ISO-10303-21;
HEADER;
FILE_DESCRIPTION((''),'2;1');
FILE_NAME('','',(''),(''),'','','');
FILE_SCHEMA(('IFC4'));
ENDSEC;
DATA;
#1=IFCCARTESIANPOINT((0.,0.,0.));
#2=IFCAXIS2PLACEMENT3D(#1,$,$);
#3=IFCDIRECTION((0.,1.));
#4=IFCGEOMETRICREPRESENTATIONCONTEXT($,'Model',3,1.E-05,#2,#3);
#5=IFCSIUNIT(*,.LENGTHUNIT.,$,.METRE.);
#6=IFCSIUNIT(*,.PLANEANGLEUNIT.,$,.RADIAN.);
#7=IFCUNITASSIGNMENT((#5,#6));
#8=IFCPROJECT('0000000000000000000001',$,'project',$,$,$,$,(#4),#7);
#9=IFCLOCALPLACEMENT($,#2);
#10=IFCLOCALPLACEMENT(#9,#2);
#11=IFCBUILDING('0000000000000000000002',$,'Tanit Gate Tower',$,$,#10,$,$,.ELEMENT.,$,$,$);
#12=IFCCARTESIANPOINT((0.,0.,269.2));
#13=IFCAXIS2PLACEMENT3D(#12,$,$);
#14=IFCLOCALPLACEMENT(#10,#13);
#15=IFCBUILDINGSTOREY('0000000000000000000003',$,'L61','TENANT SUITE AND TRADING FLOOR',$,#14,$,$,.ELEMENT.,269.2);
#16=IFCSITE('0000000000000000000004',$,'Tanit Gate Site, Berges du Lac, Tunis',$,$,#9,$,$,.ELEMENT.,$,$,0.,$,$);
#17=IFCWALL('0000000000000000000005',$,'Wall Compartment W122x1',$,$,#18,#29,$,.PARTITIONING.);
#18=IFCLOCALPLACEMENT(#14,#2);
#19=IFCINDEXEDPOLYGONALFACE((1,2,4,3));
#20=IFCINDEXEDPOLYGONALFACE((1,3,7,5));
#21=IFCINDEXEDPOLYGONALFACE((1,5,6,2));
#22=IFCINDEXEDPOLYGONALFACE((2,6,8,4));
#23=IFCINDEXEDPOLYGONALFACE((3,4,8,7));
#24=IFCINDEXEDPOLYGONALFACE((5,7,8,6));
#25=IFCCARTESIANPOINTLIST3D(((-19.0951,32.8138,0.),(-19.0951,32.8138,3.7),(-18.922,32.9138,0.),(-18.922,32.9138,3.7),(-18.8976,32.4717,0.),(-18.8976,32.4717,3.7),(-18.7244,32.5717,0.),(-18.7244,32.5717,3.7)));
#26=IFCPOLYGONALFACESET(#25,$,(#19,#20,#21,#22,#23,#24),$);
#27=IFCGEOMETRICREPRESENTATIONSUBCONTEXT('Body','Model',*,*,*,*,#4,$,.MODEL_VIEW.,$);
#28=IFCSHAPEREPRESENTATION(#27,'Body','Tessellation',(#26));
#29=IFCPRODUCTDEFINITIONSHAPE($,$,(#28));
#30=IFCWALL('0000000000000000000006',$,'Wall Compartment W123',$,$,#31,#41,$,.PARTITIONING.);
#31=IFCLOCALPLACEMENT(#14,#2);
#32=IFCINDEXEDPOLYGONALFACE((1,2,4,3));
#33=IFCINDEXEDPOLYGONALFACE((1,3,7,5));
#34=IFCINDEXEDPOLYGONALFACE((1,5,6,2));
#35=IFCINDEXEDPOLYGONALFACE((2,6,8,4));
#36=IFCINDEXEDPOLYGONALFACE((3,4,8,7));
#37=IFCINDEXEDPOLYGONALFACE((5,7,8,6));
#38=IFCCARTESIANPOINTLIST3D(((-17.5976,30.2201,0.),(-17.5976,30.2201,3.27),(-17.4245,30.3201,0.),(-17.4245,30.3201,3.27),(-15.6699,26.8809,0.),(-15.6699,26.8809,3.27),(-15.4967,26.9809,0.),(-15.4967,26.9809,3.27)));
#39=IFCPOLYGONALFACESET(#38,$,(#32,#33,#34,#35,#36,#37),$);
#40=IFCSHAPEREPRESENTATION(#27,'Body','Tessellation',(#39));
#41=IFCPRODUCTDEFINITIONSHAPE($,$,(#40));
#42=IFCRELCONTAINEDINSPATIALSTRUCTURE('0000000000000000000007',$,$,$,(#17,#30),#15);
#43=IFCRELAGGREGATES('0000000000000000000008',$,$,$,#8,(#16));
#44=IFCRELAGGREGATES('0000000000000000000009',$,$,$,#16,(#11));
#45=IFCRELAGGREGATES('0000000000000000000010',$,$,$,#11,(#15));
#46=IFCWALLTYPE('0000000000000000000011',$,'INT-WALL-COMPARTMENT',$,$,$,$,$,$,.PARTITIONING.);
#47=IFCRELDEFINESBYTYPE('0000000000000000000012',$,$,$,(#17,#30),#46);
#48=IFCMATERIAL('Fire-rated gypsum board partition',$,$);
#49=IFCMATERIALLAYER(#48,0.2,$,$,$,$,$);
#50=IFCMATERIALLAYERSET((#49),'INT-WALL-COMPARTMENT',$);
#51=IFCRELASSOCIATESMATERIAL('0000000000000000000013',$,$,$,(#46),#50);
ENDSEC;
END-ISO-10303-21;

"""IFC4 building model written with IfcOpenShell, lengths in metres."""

from ifc_helpers import new_model, si_unit, direction, frame, frame_2d, origin, place, context, subcontext, project, spatial, rectangle, extrude, material, layer, layer_set, type_object, element, save


model = new_model("IFC4")

# Units and contexts
model_context = context("Model", 3, precision=1e-05, world=origin(), true_north=direction((0.0, 1.0)))
body_context = subcontext(model_context, "Body", "Model", "MODEL_VIEW")
ifc_project = project(units=[si_unit("LENGTHUNIT", "METRE"), si_unit("PLANEANGLEUNIT", "RADIAN")], contexts=[model_context])

# Site, building, storey
site_placement = place(None, origin())
site = spatial("IfcSite", under=ifc_project, at=site_placement, Name="Tanit Gate Site, Berges du Lac, Tunis", CompositionType="ELEMENT", RefElevation=0.0)
building_placement = place(site_placement, origin())
building = spatial("IfcBuilding", under=site, at=building_placement, Name="Tanit Gate Tower", CompositionType="ELEMENT")
storey_placement = place(building_placement, frame((0.0, 0.0, 269.2)))
storey = spatial("IfcBuildingStorey", under=building, at=storey_placement, Name="L61", Description="TENANT SUITE AND TRADING FLOOR", CompositionType="ELEMENT", Elevation=269.2)

# Shared definitions
ifc_material_1 = material(Name="Fire-rated gypsum board partition")
ifc_layer_1 = layer(ifc_material_1, 0.2)
ifc_layer_set_1 = layer_set([ifc_layer_1], Name="INT-WALL-COMPARTMENT")
wall_type_1 = type_object("IfcWallType", Name="INT-WALL-COMPARTMENT", PredefinedType="PARTITIONING", material=ifc_layer_set_1)

# Walls
wall_1_placement = place(storey_placement, frame((-19.0085, 32.8638, 0.0), z_axis=(0.0, 0.0, 1.0), x_axis=(0.500061, -0.86599, 0.0)))
element("IfcWall", 1, at=wall_1_placement, inside=storey, type_object=wall_type_1, Name="Wall Compartment W122x1", PredefinedType="PARTITIONING", context=body_context, shape_type="SweptSolid", body=[
    extrude(rectangle(XDim=0.395, YDim=0.2, at=frame_2d((0.1975, 0.0))), origin(), (0.0, 0.0, 1.0), 3.7),
])
wall_2_placement = place(storey_placement, frame((-17.511, 30.27, 0.0), z_axis=(0.0, 0.0, 1.0), x_axis=(0.49998, -0.866037, 0.0)))
element("IfcWall", 2, at=wall_2_placement, inside=storey, type_object=wall_type_1, Name="Wall Compartment W123", PredefinedType="PARTITIONING", context=body_context, shape_type="SweptSolid", body=[
    extrude(rectangle(XDim=3.8557, YDim=0.2, at=frame_2d((1.9277, 0.0))), origin(), (0.0, 0.0, 1.0), 3.27),
])

save(model, "model.ifc")
